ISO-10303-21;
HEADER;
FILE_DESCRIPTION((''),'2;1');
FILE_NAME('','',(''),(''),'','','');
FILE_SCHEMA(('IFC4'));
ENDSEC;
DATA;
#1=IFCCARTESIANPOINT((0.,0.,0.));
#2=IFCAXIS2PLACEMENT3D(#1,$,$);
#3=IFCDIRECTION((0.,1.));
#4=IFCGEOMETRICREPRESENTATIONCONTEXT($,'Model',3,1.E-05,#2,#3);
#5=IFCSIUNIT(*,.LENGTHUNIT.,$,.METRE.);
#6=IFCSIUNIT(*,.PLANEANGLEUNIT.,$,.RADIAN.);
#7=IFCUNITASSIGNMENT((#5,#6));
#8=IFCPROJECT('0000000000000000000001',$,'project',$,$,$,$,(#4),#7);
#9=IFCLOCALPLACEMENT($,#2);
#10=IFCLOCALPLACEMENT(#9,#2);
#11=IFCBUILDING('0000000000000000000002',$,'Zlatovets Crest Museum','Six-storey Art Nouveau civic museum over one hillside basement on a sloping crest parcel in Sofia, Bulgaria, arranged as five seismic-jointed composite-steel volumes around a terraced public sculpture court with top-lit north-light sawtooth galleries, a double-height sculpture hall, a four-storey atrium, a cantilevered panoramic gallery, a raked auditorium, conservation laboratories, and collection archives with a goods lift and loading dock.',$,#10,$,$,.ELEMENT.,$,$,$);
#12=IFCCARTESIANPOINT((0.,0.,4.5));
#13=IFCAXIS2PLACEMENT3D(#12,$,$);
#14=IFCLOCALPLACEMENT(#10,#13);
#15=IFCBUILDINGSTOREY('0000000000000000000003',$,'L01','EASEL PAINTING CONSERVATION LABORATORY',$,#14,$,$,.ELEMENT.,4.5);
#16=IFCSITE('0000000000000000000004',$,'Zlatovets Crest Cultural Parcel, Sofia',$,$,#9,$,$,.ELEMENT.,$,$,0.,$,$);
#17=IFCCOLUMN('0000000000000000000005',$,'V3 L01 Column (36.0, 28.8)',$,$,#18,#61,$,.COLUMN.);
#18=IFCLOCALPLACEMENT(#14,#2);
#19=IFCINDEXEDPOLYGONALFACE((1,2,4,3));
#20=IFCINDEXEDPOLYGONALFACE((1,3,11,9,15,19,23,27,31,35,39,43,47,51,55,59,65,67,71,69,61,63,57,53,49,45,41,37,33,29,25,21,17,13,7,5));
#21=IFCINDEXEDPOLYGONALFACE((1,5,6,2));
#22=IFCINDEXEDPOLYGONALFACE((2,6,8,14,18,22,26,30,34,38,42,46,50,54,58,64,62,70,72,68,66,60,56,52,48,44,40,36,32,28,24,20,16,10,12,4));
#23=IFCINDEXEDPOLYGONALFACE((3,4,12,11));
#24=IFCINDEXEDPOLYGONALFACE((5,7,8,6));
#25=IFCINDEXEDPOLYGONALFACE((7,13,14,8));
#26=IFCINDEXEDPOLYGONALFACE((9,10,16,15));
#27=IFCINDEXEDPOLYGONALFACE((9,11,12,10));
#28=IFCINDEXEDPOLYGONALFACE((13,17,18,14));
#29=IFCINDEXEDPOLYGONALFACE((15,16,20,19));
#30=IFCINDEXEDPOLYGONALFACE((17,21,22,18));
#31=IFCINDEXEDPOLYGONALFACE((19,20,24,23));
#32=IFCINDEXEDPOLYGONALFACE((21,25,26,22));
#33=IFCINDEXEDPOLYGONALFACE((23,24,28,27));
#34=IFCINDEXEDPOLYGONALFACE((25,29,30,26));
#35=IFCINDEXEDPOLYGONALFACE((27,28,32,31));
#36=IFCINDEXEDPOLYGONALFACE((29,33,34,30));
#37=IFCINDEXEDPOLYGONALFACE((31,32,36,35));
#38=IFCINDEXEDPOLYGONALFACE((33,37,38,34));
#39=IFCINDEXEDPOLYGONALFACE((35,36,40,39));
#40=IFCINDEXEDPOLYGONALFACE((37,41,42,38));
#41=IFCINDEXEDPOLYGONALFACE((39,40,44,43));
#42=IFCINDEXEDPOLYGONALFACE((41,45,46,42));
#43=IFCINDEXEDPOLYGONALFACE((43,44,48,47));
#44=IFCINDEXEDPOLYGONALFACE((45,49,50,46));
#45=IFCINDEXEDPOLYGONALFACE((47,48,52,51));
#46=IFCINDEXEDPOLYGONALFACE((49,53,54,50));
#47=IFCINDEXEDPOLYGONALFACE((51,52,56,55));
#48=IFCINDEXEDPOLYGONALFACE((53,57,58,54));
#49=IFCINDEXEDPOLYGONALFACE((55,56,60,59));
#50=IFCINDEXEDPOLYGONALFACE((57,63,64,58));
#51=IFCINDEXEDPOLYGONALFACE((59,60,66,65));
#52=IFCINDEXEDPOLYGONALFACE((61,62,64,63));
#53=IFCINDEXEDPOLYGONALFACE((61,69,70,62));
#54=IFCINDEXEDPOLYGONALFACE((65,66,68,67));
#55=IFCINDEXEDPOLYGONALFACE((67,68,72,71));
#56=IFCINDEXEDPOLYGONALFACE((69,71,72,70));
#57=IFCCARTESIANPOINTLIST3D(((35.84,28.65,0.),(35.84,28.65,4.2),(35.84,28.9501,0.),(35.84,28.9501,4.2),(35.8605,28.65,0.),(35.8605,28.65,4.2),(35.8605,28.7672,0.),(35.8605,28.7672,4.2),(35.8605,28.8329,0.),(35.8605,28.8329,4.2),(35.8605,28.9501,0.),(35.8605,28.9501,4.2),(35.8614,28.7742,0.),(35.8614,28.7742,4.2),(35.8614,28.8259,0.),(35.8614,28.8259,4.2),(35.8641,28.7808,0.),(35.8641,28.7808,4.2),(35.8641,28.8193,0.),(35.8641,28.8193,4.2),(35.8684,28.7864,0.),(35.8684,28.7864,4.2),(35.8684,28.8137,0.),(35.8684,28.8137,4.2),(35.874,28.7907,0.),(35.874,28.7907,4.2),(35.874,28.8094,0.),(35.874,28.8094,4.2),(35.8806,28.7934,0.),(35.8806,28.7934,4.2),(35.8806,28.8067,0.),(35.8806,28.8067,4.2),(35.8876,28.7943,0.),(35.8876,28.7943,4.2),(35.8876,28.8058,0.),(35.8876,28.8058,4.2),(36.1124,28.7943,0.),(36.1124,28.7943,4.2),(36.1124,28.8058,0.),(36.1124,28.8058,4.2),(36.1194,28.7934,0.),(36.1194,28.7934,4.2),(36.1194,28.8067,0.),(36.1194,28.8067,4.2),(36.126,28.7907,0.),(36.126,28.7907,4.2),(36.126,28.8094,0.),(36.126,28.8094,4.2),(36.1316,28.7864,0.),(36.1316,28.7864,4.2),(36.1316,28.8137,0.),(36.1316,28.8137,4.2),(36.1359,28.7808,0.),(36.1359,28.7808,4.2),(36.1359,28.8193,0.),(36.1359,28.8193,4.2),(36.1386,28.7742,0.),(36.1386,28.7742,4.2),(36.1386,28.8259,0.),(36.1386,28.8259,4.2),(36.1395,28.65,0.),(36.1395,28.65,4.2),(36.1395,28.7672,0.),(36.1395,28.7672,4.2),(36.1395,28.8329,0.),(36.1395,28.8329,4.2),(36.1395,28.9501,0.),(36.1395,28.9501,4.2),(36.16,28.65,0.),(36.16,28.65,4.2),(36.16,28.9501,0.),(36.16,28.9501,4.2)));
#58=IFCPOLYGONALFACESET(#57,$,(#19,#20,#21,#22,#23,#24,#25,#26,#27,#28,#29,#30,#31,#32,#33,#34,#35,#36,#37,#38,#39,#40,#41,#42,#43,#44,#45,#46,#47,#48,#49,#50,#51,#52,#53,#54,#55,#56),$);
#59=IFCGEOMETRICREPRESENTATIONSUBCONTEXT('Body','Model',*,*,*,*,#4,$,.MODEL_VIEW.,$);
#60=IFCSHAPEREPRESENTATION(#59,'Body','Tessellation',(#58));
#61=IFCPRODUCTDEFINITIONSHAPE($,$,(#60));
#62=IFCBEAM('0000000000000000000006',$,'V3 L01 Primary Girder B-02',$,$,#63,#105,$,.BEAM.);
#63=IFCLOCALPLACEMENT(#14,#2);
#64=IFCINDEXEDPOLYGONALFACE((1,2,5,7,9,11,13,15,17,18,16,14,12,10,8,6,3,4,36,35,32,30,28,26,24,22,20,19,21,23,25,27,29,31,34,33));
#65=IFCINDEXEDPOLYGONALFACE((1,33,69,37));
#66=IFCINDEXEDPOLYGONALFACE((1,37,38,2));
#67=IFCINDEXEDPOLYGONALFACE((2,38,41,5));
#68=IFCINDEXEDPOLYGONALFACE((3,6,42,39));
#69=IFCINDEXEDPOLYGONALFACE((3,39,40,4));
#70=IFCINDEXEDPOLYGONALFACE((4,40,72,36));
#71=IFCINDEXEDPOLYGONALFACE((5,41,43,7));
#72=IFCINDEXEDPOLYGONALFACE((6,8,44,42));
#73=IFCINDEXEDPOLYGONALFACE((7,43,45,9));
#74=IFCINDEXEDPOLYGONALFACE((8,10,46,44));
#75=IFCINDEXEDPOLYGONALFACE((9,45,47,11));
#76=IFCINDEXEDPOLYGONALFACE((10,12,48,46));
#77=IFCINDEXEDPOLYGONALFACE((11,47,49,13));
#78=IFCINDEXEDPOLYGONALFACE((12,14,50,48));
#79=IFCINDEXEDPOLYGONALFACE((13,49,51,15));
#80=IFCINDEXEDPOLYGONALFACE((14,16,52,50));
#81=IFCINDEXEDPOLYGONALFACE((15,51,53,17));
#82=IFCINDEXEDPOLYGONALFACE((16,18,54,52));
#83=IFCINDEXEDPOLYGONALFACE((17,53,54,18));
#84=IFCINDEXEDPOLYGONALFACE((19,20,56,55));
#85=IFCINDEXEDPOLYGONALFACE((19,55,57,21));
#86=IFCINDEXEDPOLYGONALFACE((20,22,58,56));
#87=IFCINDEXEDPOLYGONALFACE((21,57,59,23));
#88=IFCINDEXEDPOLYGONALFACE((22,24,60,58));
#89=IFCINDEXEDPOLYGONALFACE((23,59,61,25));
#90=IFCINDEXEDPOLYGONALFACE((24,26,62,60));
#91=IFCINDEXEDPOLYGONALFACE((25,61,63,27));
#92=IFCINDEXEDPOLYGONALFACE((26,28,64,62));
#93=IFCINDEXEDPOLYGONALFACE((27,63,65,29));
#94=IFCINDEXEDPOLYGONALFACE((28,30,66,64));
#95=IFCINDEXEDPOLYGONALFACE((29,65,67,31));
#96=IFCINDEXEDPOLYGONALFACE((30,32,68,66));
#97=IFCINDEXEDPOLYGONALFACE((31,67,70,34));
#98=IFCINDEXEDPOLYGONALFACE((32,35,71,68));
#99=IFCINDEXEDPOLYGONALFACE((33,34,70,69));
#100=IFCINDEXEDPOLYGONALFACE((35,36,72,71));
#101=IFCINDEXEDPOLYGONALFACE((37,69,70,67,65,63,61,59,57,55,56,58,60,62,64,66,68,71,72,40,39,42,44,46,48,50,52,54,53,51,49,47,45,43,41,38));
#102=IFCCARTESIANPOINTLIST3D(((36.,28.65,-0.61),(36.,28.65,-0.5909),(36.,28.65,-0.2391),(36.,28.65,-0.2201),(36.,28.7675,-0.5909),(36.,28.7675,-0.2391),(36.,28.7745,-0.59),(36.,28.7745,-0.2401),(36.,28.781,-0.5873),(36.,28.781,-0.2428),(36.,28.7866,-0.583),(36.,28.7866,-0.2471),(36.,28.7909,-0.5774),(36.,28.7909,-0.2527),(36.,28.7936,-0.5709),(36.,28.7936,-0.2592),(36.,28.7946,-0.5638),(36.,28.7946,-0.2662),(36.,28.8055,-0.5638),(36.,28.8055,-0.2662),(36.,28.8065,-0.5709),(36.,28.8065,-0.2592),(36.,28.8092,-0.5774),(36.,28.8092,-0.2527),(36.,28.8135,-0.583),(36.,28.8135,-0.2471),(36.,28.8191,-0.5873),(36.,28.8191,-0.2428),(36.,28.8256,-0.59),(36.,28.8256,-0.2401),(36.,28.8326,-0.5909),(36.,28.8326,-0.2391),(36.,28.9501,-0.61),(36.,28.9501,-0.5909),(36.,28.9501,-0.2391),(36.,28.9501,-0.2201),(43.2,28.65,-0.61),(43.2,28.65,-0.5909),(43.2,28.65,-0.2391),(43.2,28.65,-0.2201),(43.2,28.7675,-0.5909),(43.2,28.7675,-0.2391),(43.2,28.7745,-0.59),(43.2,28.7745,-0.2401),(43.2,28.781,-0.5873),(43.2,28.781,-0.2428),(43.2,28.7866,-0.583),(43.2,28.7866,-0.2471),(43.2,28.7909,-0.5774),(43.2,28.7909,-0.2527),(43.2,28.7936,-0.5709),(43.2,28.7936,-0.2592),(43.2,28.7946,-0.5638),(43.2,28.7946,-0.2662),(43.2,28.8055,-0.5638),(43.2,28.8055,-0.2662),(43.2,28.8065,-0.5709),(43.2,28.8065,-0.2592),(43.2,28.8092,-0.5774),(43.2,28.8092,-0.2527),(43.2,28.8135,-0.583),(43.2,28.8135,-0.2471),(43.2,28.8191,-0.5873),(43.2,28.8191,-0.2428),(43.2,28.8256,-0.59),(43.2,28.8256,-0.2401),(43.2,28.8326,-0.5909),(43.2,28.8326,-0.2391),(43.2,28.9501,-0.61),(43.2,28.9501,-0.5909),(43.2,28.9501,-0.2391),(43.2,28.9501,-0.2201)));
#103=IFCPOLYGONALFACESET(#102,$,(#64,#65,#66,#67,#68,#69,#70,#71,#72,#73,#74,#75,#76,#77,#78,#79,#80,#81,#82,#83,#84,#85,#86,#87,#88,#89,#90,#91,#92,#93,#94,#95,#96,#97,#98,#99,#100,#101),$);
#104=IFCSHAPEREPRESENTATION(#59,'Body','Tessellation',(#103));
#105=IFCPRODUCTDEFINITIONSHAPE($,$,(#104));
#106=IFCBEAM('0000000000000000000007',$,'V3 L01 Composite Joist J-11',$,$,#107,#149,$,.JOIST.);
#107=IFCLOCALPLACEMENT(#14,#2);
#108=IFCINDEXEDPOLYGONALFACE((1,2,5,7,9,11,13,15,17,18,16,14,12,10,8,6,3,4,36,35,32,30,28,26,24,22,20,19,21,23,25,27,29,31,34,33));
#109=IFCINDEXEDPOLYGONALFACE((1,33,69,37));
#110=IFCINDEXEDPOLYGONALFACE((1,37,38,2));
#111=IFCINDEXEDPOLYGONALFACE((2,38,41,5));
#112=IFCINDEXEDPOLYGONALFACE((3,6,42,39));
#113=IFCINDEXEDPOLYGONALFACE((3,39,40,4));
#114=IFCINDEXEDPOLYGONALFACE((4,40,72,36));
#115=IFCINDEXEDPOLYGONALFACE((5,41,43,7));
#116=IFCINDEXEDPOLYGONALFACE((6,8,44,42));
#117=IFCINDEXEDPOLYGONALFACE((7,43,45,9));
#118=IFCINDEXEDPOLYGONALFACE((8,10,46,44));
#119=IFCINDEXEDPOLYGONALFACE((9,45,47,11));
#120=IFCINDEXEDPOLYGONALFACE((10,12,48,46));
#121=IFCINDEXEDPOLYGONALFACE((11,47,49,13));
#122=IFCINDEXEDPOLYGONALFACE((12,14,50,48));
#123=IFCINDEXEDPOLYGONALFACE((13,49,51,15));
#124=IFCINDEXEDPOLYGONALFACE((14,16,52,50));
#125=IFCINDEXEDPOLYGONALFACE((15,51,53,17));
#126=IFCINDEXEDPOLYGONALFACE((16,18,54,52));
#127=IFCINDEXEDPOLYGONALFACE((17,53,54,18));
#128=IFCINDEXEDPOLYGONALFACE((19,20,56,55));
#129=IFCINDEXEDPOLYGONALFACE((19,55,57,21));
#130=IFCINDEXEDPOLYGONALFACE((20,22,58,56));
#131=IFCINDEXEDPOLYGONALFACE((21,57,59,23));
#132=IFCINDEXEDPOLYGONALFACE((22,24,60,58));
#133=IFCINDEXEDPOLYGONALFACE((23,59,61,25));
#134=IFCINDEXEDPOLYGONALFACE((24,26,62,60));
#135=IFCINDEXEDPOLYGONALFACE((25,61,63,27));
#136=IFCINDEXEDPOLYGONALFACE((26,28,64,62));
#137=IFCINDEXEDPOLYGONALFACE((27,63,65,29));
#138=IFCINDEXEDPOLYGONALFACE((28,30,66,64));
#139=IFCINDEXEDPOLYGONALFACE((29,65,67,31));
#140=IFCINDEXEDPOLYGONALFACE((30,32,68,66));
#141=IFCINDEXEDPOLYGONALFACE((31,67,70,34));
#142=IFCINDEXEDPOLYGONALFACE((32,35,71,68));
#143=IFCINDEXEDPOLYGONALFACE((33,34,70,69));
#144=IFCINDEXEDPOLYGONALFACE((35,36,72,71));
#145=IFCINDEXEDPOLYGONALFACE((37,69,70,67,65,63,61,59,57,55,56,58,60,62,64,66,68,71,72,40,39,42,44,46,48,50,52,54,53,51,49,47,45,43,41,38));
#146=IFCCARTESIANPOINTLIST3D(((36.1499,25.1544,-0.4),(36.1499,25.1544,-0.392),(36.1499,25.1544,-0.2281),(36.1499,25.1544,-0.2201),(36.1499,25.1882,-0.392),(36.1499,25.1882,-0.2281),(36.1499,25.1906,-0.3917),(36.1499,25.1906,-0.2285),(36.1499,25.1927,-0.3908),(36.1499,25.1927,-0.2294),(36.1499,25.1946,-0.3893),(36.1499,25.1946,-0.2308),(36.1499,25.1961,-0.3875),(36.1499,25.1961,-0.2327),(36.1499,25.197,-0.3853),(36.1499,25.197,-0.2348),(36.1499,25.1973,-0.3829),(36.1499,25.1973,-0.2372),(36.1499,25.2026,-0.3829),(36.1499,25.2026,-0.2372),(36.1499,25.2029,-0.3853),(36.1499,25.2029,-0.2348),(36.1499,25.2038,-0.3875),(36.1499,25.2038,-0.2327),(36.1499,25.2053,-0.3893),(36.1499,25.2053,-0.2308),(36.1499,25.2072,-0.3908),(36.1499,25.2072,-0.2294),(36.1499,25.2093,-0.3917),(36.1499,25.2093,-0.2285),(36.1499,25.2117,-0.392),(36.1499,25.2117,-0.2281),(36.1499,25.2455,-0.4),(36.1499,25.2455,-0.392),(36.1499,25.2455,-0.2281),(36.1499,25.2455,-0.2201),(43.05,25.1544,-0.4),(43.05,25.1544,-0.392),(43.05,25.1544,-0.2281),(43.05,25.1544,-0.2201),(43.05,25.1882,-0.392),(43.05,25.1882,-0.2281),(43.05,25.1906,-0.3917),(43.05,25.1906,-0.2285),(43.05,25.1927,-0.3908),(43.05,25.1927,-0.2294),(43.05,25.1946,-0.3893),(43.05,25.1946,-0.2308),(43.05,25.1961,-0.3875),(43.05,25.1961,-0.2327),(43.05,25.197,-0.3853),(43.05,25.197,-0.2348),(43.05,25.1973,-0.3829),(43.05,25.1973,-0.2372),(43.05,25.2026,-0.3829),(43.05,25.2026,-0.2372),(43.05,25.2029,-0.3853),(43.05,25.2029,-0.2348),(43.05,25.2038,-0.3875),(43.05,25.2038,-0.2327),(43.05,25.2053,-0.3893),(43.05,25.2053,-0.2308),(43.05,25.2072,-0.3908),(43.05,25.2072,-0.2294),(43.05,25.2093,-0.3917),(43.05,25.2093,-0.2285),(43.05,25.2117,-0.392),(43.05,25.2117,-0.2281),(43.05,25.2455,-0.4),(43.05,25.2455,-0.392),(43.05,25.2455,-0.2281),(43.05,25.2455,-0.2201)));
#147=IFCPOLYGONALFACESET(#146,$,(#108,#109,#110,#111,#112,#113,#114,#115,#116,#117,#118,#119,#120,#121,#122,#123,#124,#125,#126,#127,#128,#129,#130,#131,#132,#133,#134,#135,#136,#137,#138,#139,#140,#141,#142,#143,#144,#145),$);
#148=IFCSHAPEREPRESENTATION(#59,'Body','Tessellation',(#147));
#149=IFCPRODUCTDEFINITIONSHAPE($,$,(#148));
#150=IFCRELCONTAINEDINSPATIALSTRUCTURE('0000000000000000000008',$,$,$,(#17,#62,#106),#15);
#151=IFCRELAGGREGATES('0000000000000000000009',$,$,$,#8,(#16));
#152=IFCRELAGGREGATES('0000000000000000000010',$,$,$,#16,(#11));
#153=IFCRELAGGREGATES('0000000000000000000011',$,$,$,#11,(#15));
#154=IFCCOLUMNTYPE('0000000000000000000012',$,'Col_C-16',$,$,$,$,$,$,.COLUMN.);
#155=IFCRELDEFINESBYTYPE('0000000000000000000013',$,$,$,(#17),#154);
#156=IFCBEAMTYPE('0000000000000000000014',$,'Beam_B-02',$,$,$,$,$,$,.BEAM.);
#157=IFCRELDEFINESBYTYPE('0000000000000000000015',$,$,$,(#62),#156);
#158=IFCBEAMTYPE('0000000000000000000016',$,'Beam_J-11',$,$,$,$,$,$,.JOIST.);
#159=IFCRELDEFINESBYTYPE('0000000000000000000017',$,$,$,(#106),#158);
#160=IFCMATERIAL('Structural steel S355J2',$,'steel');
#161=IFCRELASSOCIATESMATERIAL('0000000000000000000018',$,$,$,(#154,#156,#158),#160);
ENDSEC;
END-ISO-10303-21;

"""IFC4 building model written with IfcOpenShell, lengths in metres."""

from ifc_helpers import new_model, si_unit, direction, frame, origin, origin_2d, place, context, subcontext, project, spatial, i_section, extrude, material, material_profile, profile_set, type_object, element, save


model = new_model("IFC4")

# Units and contexts
model_context = context("Model", 3, precision=1e-05, world=origin(), true_north=direction((0.0, 1.0)))
body_context = subcontext(model_context, "Body", "Model", "MODEL_VIEW")
ifc_project = project(units=[si_unit("LENGTHUNIT", "METRE"), si_unit("PLANEANGLEUNIT", "RADIAN")], contexts=[model_context])

# Site, building, storey
site_placement = place(None, origin())
site = spatial("IfcSite", under=ifc_project, at=site_placement, Name="Zlatovets Crest Cultural Parcel, Sofia", CompositionType="ELEMENT", RefElevation=0.0)
building_placement = place(site_placement, origin())
building = spatial("IfcBuilding", under=site, at=building_placement, Name="Zlatovets Crest Museum", Description="Six-storey Art Nouveau civic museum over one hillside basement on a sloping crest parcel in Sofia, Bulgaria, arranged as five seismic-jointed composite-steel volumes around a terraced public sculpture court with top-lit north-light sawtooth galleries, a double-height sculpture hall, a four-storey atrium, a cantilevered panoramic gallery, a raked auditorium, conservation laboratories, and collection archives with a goods lift and loading dock.", CompositionType="ELEMENT")
storey_placement = place(building_placement, frame((0.0, 0.0, 4.5)))
storey = spatial("IfcBuildingStorey", under=building, at=storey_placement, Name="L01", Description="EASEL PAINTING CONSERVATION LABORATORY", CompositionType="ELEMENT", Elevation=4.5)

# Column
ifc_material_1 = material(Name="Structural steel S355J2", Category="steel")
ifc_material_profile_1 = material_profile(ifc_material_1, i_section(OverallWidth=0.3, OverallDepth=0.3201, WebThickness=0.0115, FlangeThickness=0.0205, FilletRadius=0.0271, at=origin_2d()), Name="HEB 320")
ifc_profile_set_1 = profile_set([ifc_material_profile_1], Name="Structural steel S355J2")
column_type = type_object("IfcColumnType", Name="Col_C-16", PredefinedType="COLUMN", material=ifc_profile_set_1)
column_placement = place(storey_placement, frame((36.0, 28.8, 0.0), z_axis=(0.0, 0.0, 1.0), x_axis=(0.0, 1.0, 0.0)))
element("IfcColumn", 1, at=column_placement, inside=storey, type_object=column_type, Name="V3 L01 Column (36.0, 28.8)", PredefinedType="COLUMN", context=body_context, shape_type="SweptSolid", body=[
    extrude(i_section(OverallWidth=0.3, OverallDepth=0.3201, WebThickness=0.0115, FlangeThickness=0.0205, FilletRadius=0.0271, at=origin_2d()), origin(), (0.0, 0.0, 1.0), 4.2),
])

# Beams
ifc_material_profile_2 = material_profile(ifc_material_1, i_section(OverallWidth=0.3, OverallDepth=0.3899, WebThickness=0.011, FlangeThickness=0.019, FilletRadius=0.0271, at=origin_2d()), Name="HEA 400")
ifc_profile_set_2 = profile_set([ifc_material_profile_2], Name="Structural steel S355J2")
beam_type_1 = type_object("IfcBeamType", Name="Beam_B-02", PredefinedType="BEAM", material=ifc_profile_set_2)
beam_1_placement = place(storey_placement, frame((36.0, 28.8, -0.415), z_axis=(1.0, 0.0, 0.0), x_axis=(0.0, 1.0, 0.0)))
element("IfcBeam", 2, at=beam_1_placement, inside=storey, type_object=beam_type_1, Name="V3 L01 Primary Girder B-02", PredefinedType="BEAM", context=body_context, shape_type="SweptSolid", body=[
    extrude(i_section(OverallWidth=0.3, OverallDepth=0.3899, WebThickness=0.011, FlangeThickness=0.019, FilletRadius=0.0271, at=origin_2d()), origin(), (0.0, 0.0, 1.0), 7.2),
])
ifc_material_profile_3 = material_profile(ifc_material_1, i_section(OverallWidth=0.0911, OverallDepth=0.1799, WebThickness=0.0054, FlangeThickness=0.0081, FilletRadius=0.009, at=origin_2d()), Name="IPE 180")
ifc_profile_set_3 = profile_set([ifc_material_profile_3], Name="Structural steel S355J2")
beam_type_2 = type_object("IfcBeamType", Name="Beam_J-11", PredefinedType="JOIST", material=ifc_profile_set_3)
beam_2_placement = place(storey_placement, frame((36.1499, 25.2, -0.3101), z_axis=(1.0, 0.0, 0.0), x_axis=(0.0, 1.0, 0.0)))
element("IfcBeam", 3, at=beam_2_placement, inside=storey, type_object=beam_type_2, Name="V3 L01 Composite Joist J-11", PredefinedType="JOIST", context=body_context, shape_type="SweptSolid", body=[
    extrude(i_section(OverallWidth=0.0911, OverallDepth=0.1799, WebThickness=0.0054, FlangeThickness=0.0081, FilletRadius=0.009, at=origin_2d()), origin(), (0.0, 0.0, 1.0), 6.9001),
])

save(model, "model.ifc")
